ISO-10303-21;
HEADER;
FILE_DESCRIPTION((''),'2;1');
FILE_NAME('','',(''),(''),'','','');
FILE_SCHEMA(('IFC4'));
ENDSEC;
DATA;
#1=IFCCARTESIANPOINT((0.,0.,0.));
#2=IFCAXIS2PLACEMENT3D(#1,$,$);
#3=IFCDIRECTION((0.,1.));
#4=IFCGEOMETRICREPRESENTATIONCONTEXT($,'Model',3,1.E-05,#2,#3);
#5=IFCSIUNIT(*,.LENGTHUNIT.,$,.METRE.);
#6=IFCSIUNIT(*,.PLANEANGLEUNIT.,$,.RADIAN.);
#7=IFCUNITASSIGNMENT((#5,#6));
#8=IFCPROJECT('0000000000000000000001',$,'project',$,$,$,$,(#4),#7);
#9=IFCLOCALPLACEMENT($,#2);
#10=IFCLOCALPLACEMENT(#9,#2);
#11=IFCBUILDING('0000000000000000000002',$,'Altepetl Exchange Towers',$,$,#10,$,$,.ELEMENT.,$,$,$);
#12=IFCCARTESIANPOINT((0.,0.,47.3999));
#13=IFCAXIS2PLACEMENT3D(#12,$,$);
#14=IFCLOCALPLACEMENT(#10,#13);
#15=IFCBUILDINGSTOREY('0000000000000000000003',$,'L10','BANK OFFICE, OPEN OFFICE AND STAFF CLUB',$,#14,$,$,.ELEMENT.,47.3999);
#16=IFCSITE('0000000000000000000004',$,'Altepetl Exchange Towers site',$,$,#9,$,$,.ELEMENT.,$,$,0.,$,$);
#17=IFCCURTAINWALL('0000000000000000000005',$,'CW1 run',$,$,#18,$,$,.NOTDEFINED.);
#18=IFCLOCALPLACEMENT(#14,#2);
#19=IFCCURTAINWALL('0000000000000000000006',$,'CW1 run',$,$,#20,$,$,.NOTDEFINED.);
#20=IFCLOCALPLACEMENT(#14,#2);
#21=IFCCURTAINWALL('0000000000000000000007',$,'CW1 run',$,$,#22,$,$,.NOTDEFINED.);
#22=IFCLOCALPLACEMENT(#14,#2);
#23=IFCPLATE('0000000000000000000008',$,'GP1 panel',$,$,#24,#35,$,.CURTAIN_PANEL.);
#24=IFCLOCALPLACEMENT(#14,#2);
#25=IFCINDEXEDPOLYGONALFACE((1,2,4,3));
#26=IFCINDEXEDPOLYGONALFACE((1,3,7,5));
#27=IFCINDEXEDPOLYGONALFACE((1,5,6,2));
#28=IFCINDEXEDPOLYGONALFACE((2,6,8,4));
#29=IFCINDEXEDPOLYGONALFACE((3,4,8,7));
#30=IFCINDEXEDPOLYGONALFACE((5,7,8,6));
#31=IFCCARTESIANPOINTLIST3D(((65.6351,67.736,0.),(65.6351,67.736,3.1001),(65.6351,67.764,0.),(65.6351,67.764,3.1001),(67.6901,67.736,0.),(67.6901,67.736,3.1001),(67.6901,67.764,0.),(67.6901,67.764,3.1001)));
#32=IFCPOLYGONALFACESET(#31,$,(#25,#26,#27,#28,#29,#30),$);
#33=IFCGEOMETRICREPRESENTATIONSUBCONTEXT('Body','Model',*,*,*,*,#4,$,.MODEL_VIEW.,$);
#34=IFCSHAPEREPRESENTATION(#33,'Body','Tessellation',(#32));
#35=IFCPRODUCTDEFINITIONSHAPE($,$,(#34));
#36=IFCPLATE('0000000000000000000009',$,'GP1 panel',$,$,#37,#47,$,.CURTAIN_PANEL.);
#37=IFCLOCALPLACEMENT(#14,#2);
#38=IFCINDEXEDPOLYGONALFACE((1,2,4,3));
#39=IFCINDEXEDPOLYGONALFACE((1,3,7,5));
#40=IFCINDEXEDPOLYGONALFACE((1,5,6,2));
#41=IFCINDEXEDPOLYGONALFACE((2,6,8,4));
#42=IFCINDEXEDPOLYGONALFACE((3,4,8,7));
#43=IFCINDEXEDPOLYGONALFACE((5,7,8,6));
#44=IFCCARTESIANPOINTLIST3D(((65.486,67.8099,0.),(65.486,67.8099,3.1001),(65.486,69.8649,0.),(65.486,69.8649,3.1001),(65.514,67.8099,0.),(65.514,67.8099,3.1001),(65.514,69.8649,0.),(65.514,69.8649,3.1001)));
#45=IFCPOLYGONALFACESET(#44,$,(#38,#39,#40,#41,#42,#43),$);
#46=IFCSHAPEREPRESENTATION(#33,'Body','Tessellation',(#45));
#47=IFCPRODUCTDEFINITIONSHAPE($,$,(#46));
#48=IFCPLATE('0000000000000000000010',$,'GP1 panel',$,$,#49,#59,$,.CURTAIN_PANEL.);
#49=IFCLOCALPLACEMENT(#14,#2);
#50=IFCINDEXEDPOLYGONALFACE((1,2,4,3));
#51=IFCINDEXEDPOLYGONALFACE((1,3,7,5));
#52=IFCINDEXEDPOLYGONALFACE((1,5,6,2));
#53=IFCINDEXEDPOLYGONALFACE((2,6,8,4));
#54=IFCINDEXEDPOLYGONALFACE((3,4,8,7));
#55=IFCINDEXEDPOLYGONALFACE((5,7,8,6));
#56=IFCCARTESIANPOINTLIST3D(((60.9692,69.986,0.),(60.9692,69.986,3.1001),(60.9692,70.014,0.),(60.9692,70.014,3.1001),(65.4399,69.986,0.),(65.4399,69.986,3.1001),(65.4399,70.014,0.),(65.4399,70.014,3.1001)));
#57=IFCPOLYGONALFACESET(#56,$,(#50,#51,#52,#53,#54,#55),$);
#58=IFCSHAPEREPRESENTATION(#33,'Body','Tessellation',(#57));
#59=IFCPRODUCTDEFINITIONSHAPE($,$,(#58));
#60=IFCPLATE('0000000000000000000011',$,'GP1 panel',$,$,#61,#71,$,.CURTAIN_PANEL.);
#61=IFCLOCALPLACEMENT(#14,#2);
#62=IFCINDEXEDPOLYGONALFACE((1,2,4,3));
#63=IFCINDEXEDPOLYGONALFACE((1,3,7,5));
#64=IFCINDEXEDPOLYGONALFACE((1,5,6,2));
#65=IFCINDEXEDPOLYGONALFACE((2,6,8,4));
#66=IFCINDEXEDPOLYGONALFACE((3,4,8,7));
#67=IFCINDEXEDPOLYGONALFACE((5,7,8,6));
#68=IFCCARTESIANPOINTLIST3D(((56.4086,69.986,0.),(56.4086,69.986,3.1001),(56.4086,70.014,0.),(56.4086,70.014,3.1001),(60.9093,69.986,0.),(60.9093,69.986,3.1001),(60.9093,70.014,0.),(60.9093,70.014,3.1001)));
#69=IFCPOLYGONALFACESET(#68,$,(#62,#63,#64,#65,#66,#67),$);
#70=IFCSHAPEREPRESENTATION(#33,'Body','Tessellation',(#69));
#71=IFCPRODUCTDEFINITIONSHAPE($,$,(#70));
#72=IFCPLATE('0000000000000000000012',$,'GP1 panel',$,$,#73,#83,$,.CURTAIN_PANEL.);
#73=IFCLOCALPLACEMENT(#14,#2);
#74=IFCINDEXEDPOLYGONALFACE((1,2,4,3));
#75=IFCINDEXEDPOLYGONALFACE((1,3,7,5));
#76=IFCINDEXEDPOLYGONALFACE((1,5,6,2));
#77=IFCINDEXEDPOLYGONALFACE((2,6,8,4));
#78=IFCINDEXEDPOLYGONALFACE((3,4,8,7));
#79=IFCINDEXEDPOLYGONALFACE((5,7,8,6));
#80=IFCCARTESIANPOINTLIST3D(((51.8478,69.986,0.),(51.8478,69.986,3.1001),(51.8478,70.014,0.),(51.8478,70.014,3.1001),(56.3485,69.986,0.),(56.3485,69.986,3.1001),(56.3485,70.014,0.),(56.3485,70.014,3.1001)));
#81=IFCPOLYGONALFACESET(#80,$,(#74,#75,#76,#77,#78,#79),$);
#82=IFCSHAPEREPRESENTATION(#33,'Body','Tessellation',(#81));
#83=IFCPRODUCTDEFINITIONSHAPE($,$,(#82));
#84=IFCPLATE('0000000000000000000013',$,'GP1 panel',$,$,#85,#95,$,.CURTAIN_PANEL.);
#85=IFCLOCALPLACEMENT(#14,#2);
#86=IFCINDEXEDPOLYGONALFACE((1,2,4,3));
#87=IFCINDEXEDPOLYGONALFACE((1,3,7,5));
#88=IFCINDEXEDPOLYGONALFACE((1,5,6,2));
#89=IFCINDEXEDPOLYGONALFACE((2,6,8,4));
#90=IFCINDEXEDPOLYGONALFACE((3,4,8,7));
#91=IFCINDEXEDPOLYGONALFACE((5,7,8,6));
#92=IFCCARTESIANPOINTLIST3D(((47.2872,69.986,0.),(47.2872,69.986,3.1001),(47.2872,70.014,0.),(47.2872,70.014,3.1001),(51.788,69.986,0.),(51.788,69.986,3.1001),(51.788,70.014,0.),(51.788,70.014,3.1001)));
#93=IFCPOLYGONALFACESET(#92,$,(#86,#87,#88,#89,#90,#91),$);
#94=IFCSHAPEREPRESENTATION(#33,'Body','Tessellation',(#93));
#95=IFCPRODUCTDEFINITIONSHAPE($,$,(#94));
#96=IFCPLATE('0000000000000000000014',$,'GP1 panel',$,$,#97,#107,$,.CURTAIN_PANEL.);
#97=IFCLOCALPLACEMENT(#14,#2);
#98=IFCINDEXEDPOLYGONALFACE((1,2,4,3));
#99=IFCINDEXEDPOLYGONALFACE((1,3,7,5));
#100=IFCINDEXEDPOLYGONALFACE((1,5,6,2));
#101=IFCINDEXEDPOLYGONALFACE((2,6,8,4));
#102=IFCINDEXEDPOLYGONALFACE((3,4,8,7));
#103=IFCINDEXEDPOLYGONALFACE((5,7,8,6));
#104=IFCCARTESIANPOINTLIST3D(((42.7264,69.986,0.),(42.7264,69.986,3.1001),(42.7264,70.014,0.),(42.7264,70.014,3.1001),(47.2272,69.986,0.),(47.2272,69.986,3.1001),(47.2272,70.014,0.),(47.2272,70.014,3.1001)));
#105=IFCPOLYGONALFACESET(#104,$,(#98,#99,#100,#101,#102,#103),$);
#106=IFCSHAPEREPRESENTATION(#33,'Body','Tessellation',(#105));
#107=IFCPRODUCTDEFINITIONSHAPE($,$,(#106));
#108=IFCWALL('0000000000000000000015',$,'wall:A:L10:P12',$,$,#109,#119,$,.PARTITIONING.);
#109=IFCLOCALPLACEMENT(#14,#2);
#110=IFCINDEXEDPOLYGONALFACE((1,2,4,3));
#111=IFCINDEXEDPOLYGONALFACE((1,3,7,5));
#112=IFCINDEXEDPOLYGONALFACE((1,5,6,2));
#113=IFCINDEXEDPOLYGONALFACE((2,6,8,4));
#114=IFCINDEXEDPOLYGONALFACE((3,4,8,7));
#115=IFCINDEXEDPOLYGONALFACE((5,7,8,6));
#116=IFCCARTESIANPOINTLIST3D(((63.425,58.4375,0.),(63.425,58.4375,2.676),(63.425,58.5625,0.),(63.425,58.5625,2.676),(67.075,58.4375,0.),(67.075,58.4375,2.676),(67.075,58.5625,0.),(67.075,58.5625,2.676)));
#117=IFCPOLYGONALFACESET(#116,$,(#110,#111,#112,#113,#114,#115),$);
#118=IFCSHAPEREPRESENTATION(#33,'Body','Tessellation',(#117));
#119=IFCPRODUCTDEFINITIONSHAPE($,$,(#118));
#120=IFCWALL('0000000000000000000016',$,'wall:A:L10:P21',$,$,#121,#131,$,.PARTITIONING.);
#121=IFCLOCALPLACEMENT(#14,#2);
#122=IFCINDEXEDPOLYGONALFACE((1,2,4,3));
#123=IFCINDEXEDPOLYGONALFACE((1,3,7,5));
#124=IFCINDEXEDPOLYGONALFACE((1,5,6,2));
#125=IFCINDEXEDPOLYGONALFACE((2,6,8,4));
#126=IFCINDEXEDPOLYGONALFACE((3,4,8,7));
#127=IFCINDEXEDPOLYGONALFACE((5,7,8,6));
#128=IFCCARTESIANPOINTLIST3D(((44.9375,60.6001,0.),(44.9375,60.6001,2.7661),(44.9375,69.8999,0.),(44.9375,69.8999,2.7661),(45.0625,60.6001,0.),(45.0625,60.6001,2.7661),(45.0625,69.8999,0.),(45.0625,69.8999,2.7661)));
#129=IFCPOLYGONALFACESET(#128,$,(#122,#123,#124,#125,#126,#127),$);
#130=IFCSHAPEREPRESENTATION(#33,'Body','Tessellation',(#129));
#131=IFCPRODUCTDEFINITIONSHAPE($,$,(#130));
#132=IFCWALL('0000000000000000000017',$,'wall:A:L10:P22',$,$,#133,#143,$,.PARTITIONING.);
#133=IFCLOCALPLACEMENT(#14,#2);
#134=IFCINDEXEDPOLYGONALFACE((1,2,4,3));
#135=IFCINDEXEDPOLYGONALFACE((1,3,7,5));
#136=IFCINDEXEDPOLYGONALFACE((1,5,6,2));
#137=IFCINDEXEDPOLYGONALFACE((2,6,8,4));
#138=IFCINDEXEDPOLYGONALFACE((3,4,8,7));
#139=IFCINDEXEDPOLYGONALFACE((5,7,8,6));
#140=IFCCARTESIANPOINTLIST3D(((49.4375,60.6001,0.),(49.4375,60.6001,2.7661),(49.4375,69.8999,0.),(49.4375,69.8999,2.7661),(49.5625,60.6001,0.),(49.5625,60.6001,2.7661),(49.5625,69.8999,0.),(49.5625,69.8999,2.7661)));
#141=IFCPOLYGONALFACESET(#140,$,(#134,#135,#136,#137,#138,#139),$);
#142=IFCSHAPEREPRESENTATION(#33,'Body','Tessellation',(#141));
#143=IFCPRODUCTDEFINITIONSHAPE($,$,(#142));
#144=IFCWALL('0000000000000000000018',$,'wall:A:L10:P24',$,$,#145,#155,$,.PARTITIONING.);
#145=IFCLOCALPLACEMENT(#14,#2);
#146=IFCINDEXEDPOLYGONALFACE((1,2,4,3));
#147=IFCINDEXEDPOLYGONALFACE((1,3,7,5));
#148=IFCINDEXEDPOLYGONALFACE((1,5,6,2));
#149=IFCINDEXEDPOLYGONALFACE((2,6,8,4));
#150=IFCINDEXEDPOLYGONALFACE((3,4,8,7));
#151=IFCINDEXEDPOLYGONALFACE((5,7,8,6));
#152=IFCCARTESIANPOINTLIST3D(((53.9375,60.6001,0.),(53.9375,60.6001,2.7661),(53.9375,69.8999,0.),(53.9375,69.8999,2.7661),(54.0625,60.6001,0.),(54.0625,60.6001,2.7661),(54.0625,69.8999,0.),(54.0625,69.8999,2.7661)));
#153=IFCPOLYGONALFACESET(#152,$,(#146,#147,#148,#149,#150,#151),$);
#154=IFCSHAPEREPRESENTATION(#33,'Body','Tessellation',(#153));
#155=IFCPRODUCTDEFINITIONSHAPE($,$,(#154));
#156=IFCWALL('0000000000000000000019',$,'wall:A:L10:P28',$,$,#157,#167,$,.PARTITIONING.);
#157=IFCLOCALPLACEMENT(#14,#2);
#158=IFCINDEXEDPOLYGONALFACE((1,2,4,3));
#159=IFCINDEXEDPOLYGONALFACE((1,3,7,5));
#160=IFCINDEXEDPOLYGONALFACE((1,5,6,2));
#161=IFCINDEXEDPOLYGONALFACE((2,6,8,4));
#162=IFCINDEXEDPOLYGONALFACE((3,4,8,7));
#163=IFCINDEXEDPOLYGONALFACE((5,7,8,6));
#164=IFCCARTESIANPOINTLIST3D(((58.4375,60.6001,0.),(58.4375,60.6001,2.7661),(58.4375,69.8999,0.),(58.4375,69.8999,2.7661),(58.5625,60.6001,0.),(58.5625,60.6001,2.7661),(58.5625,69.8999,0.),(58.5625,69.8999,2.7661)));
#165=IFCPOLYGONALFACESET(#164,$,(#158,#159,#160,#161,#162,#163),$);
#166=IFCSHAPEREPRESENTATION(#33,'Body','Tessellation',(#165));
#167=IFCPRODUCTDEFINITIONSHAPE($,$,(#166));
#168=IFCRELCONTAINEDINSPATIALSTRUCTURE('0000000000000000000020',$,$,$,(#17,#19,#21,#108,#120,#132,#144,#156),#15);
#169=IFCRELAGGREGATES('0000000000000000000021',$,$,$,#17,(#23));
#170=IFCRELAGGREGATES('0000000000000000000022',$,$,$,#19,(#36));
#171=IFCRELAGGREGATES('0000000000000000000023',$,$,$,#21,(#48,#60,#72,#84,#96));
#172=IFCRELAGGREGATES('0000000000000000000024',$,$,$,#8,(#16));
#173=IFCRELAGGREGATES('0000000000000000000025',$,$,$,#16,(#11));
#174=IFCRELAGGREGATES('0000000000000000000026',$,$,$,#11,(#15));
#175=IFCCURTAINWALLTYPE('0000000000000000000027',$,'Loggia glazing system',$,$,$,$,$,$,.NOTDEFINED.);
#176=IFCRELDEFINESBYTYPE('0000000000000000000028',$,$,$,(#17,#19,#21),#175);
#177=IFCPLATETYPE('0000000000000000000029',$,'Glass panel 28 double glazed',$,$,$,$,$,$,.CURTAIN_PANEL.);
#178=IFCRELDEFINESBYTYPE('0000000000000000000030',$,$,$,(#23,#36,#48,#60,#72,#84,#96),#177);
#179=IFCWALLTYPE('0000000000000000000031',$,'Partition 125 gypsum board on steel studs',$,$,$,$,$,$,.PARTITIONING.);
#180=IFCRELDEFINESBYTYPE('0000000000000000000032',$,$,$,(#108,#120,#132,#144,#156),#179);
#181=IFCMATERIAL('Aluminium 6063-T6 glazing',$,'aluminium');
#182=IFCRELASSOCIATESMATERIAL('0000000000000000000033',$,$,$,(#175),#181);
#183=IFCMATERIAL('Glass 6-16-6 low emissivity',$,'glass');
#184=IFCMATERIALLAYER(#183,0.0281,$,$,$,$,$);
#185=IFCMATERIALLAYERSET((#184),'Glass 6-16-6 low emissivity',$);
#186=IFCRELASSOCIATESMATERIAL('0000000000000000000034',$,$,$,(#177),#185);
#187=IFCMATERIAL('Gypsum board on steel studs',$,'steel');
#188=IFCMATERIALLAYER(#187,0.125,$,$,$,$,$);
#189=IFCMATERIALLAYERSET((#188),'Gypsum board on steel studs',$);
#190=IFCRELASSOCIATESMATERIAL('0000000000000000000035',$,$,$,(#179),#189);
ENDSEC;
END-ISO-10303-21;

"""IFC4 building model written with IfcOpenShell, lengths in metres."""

from ifc_helpers import new_model, si_unit, direction, frame, frame_2d, origin, origin_2d, place, context, subcontext, project, spatial, rectangle, extrude, material, layer, layer_set, type_object, element, aggregate, save


model = new_model("IFC4")

# Units and contexts
model_context = context("Model", 3, precision=1e-05, world=origin(), true_north=direction((0.0, 1.0)))
body_context = subcontext(model_context, "Body", "Model", "MODEL_VIEW")
ifc_project = project(units=[si_unit("LENGTHUNIT", "METRE"), si_unit("PLANEANGLEUNIT", "RADIAN")], contexts=[model_context])

# Site, building, storey
site_placement = place(None, origin())
site = spatial("IfcSite", under=ifc_project, at=site_placement, Name="Altepetl Exchange Towers site", CompositionType="ELEMENT", RefElevation=0.0)
building_placement = place(site_placement, origin())
building = spatial("IfcBuilding", under=site, at=building_placement, Name="Altepetl Exchange Towers", CompositionType="ELEMENT")
storey_placement = place(building_placement, frame((0.0, 0.0, 47.3999)))
storey = spatial("IfcBuildingStorey", under=building, at=storey_placement, Name="L10", Description="BANK OFFICE, OPEN OFFICE AND STAFF CLUB", CompositionType="ELEMENT", Elevation=47.3999)

# Curtain wall
ifc_material_1 = material(Name="Aluminium 6063-T6 glazing", Category="aluminium")
curtain_wall_type = type_object("IfcCurtainWallType", Name="Loggia glazing system", PredefinedType="NOTDEFINED", material=ifc_material_1)
curtain_wall_1_placement = place(storey_placement, origin())
curtain_wall_1 = element("IfcCurtainWall", 1, at=curtain_wall_1_placement, inside=storey, type_object=curtain_wall_type, Name="CW1 run", PredefinedType="NOTDEFINED")

# Curtain walls
curtain_wall_2_placement = place(storey_placement, origin())
curtain_wall_2 = element("IfcCurtainWall", 2, at=curtain_wall_2_placement, inside=storey, type_object=curtain_wall_type, Name="CW1 run", PredefinedType="NOTDEFINED")
curtain_wall_3_placement = place(storey_placement, origin())
curtain_wall_3 = element("IfcCurtainWall", 3, at=curtain_wall_3_placement, inside=storey, type_object=curtain_wall_type, Name="CW1 run", PredefinedType="NOTDEFINED")

# Plates
ifc_material_2 = material(Name="Glass 6-16-6 low emissivity", Category="glass")
ifc_layer_1 = layer(ifc_material_2, 0.0281)
ifc_layer_set_1 = layer_set([ifc_layer_1], Name="Glass 6-16-6 low emissivity")
plate_type = type_object("IfcPlateType", Name="Glass panel 28 double glazed", PredefinedType="CURTAIN_PANEL", material=ifc_layer_set_1)
plate_1_placement = place(storey_placement, frame((66.6626, 67.75, 0.0), z_axis=(0.0, 0.0, 1.0), x_axis=(-1.0, 0.0, 0.0)))
plate_1 = element("IfcPlate", 4, at=plate_1_placement, type_object=plate_type, Name="GP1 panel", PredefinedType="CURTAIN_PANEL", context=body_context, shape_type="SweptSolid", body=[
    extrude(rectangle(XDim=2.0549, YDim=0.0281, at=origin_2d()), origin(), (0.0, 0.0, 1.0), 3.1001),
])
aggregate(curtain_wall_1, [plate_1])
plate_2_placement = place(storey_placement, frame((65.5, 68.8374, 0.0), z_axis=(0.0, 0.0, 1.0), x_axis=(0.0, 1.0, 0.0)))
plate_2 = element("IfcPlate", 5, at=plate_2_placement, type_object=plate_type, Name="GP1 panel", PredefinedType="CURTAIN_PANEL", context=body_context, shape_type="SweptSolid", body=[
    extrude(rectangle(XDim=2.0549, YDim=0.0281, at=origin_2d()), origin(), (0.0, 0.0, 1.0), 3.1001),
])
aggregate(curtain_wall_2, [plate_2])
plate_3_placement = place(storey_placement, frame((63.2046, 70.0, 0.0), z_axis=(0.0, 0.0, 1.0), x_axis=(-1.0, 0.0, 0.0)))
plate_3 = element("IfcPlate", 6, at=plate_3_placement, type_object=plate_type, Name="GP1 panel", PredefinedType="CURTAIN_PANEL", context=body_context, shape_type="SweptSolid", body=[
    extrude(rectangle(XDim=4.4707, YDim=0.0281, at=origin_2d()), origin(), (0.0, 0.0, 1.0), 3.1001),
])
plate_4_placement = place(storey_placement, frame((58.6589, 70.0, 0.0), z_axis=(0.0, 0.0, 1.0), x_axis=(-1.0, 0.0, 0.0)))
plate_4 = element("IfcPlate", 7, at=plate_4_placement, type_object=plate_type, Name="GP1 panel", PredefinedType="CURTAIN_PANEL", context=body_context, shape_type="SweptSolid", body=[
    extrude(rectangle(XDim=4.5007, YDim=0.0281, at=origin_2d()), origin(), (0.0, 0.0, 1.0), 3.1001),
])
plate_5_placement = place(storey_placement, frame((54.0981, 70.0, 0.0), z_axis=(0.0, 0.0, 1.0), x_axis=(-1.0, 0.0, 0.0)))
plate_5 = element("IfcPlate", 8, at=plate_5_placement, type_object=plate_type, Name="GP1 panel", PredefinedType="CURTAIN_PANEL", context=body_context, shape_type="SweptSolid", body=[
    extrude(rectangle(XDim=4.5007, YDim=0.0281, at=origin_2d()), origin(), (0.0, 0.0, 1.0), 3.1001),
])
plate_6_placement = place(storey_placement, frame((49.5376, 70.0, 0.0), z_axis=(0.0, 0.0, 1.0), x_axis=(-1.0, 0.0, 0.0)))
plate_6 = element("IfcPlate", 9, at=plate_6_placement, type_object=plate_type, Name="GP1 panel", PredefinedType="CURTAIN_PANEL", context=body_context, shape_type="SweptSolid", body=[
    extrude(rectangle(XDim=4.5007, YDim=0.0281, at=origin_2d()), origin(), (0.0, 0.0, 1.0), 3.1001),
])
plate_7_placement = place(storey_placement, frame((44.9768, 70.0, 0.0), z_axis=(0.0, 0.0, 1.0), x_axis=(-1.0, 0.0, 0.0)))
plate_7 = element("IfcPlate", 10, at=plate_7_placement, type_object=plate_type, Name="GP1 panel", PredefinedType="CURTAIN_PANEL", context=body_context, shape_type="SweptSolid", body=[
    extrude(rectangle(XDim=4.5007, YDim=0.0281, at=origin_2d()), origin(), (0.0, 0.0, 1.0), 3.1001),
])
aggregate(curtain_wall_3, [plate_3, plate_4, plate_5, plate_6, plate_7])

# Walls
ifc_material_3 = material(Name="Gypsum board on steel studs", Category="steel")
ifc_layer_2 = layer(ifc_material_3, 0.125)
ifc_layer_set_2 = layer_set([ifc_layer_2], Name="Gypsum board on steel studs")
wall_type = type_object("IfcWallType", Name="Partition 125 gypsum board on steel studs", PredefinedType="PARTITIONING", material=ifc_layer_set_2)
wall_placement = place(storey_placement, frame((63.425, 58.5, 0.0)))
element("IfcWall", 11, at=wall_placement, inside=storey, type_object=wall_type, Name="wall:A:L10:P12", PredefinedType="PARTITIONING", context=body_context, shape_type="SweptSolid", body=[
    extrude(rectangle(XDim=3.6499, YDim=0.125, at=frame_2d((1.825, 0.0))), origin(), (0.0, 0.0, 1.0), 2.676),
])
for number, where, z_axis, x_axis, name in (
    (12, (45.0, 60.6001, 0.0), (0.0, 0.0, 1.0), (0.0, 1.0, 0.0), "wall:A:L10:P21"),
    (13, (49.5, 60.6001, 0.0), (0.0, 0.0, 1.0), (0.0, 1.0, 0.0), "wall:A:L10:P22"),
    (14, (54.0, 60.6001, 0.0), (0.0, 0.0, 1.0), (0.0, 1.0, 0.0), "wall:A:L10:P24"),
    (15, (58.5, 60.6001, 0.0), (0.0, 0.0, 1.0), (0.0, 1.0, 0.0), "wall:A:L10:P28"),
):
    element("IfcWall", number, at=place(storey_placement, frame(where, z_axis=z_axis, x_axis=x_axis)), inside=storey, type_object=wall_type, Name=name, PredefinedType="PARTITIONING", context=body_context, shape_type="SweptSolid", body=[
        extrude(rectangle(XDim=9.2998, YDim=0.125, at=frame_2d((4.6499, 0.0))), origin(), (0.0, 0.0, 1.0), 2.7661),
    ])

save(model, "model.ifc")
